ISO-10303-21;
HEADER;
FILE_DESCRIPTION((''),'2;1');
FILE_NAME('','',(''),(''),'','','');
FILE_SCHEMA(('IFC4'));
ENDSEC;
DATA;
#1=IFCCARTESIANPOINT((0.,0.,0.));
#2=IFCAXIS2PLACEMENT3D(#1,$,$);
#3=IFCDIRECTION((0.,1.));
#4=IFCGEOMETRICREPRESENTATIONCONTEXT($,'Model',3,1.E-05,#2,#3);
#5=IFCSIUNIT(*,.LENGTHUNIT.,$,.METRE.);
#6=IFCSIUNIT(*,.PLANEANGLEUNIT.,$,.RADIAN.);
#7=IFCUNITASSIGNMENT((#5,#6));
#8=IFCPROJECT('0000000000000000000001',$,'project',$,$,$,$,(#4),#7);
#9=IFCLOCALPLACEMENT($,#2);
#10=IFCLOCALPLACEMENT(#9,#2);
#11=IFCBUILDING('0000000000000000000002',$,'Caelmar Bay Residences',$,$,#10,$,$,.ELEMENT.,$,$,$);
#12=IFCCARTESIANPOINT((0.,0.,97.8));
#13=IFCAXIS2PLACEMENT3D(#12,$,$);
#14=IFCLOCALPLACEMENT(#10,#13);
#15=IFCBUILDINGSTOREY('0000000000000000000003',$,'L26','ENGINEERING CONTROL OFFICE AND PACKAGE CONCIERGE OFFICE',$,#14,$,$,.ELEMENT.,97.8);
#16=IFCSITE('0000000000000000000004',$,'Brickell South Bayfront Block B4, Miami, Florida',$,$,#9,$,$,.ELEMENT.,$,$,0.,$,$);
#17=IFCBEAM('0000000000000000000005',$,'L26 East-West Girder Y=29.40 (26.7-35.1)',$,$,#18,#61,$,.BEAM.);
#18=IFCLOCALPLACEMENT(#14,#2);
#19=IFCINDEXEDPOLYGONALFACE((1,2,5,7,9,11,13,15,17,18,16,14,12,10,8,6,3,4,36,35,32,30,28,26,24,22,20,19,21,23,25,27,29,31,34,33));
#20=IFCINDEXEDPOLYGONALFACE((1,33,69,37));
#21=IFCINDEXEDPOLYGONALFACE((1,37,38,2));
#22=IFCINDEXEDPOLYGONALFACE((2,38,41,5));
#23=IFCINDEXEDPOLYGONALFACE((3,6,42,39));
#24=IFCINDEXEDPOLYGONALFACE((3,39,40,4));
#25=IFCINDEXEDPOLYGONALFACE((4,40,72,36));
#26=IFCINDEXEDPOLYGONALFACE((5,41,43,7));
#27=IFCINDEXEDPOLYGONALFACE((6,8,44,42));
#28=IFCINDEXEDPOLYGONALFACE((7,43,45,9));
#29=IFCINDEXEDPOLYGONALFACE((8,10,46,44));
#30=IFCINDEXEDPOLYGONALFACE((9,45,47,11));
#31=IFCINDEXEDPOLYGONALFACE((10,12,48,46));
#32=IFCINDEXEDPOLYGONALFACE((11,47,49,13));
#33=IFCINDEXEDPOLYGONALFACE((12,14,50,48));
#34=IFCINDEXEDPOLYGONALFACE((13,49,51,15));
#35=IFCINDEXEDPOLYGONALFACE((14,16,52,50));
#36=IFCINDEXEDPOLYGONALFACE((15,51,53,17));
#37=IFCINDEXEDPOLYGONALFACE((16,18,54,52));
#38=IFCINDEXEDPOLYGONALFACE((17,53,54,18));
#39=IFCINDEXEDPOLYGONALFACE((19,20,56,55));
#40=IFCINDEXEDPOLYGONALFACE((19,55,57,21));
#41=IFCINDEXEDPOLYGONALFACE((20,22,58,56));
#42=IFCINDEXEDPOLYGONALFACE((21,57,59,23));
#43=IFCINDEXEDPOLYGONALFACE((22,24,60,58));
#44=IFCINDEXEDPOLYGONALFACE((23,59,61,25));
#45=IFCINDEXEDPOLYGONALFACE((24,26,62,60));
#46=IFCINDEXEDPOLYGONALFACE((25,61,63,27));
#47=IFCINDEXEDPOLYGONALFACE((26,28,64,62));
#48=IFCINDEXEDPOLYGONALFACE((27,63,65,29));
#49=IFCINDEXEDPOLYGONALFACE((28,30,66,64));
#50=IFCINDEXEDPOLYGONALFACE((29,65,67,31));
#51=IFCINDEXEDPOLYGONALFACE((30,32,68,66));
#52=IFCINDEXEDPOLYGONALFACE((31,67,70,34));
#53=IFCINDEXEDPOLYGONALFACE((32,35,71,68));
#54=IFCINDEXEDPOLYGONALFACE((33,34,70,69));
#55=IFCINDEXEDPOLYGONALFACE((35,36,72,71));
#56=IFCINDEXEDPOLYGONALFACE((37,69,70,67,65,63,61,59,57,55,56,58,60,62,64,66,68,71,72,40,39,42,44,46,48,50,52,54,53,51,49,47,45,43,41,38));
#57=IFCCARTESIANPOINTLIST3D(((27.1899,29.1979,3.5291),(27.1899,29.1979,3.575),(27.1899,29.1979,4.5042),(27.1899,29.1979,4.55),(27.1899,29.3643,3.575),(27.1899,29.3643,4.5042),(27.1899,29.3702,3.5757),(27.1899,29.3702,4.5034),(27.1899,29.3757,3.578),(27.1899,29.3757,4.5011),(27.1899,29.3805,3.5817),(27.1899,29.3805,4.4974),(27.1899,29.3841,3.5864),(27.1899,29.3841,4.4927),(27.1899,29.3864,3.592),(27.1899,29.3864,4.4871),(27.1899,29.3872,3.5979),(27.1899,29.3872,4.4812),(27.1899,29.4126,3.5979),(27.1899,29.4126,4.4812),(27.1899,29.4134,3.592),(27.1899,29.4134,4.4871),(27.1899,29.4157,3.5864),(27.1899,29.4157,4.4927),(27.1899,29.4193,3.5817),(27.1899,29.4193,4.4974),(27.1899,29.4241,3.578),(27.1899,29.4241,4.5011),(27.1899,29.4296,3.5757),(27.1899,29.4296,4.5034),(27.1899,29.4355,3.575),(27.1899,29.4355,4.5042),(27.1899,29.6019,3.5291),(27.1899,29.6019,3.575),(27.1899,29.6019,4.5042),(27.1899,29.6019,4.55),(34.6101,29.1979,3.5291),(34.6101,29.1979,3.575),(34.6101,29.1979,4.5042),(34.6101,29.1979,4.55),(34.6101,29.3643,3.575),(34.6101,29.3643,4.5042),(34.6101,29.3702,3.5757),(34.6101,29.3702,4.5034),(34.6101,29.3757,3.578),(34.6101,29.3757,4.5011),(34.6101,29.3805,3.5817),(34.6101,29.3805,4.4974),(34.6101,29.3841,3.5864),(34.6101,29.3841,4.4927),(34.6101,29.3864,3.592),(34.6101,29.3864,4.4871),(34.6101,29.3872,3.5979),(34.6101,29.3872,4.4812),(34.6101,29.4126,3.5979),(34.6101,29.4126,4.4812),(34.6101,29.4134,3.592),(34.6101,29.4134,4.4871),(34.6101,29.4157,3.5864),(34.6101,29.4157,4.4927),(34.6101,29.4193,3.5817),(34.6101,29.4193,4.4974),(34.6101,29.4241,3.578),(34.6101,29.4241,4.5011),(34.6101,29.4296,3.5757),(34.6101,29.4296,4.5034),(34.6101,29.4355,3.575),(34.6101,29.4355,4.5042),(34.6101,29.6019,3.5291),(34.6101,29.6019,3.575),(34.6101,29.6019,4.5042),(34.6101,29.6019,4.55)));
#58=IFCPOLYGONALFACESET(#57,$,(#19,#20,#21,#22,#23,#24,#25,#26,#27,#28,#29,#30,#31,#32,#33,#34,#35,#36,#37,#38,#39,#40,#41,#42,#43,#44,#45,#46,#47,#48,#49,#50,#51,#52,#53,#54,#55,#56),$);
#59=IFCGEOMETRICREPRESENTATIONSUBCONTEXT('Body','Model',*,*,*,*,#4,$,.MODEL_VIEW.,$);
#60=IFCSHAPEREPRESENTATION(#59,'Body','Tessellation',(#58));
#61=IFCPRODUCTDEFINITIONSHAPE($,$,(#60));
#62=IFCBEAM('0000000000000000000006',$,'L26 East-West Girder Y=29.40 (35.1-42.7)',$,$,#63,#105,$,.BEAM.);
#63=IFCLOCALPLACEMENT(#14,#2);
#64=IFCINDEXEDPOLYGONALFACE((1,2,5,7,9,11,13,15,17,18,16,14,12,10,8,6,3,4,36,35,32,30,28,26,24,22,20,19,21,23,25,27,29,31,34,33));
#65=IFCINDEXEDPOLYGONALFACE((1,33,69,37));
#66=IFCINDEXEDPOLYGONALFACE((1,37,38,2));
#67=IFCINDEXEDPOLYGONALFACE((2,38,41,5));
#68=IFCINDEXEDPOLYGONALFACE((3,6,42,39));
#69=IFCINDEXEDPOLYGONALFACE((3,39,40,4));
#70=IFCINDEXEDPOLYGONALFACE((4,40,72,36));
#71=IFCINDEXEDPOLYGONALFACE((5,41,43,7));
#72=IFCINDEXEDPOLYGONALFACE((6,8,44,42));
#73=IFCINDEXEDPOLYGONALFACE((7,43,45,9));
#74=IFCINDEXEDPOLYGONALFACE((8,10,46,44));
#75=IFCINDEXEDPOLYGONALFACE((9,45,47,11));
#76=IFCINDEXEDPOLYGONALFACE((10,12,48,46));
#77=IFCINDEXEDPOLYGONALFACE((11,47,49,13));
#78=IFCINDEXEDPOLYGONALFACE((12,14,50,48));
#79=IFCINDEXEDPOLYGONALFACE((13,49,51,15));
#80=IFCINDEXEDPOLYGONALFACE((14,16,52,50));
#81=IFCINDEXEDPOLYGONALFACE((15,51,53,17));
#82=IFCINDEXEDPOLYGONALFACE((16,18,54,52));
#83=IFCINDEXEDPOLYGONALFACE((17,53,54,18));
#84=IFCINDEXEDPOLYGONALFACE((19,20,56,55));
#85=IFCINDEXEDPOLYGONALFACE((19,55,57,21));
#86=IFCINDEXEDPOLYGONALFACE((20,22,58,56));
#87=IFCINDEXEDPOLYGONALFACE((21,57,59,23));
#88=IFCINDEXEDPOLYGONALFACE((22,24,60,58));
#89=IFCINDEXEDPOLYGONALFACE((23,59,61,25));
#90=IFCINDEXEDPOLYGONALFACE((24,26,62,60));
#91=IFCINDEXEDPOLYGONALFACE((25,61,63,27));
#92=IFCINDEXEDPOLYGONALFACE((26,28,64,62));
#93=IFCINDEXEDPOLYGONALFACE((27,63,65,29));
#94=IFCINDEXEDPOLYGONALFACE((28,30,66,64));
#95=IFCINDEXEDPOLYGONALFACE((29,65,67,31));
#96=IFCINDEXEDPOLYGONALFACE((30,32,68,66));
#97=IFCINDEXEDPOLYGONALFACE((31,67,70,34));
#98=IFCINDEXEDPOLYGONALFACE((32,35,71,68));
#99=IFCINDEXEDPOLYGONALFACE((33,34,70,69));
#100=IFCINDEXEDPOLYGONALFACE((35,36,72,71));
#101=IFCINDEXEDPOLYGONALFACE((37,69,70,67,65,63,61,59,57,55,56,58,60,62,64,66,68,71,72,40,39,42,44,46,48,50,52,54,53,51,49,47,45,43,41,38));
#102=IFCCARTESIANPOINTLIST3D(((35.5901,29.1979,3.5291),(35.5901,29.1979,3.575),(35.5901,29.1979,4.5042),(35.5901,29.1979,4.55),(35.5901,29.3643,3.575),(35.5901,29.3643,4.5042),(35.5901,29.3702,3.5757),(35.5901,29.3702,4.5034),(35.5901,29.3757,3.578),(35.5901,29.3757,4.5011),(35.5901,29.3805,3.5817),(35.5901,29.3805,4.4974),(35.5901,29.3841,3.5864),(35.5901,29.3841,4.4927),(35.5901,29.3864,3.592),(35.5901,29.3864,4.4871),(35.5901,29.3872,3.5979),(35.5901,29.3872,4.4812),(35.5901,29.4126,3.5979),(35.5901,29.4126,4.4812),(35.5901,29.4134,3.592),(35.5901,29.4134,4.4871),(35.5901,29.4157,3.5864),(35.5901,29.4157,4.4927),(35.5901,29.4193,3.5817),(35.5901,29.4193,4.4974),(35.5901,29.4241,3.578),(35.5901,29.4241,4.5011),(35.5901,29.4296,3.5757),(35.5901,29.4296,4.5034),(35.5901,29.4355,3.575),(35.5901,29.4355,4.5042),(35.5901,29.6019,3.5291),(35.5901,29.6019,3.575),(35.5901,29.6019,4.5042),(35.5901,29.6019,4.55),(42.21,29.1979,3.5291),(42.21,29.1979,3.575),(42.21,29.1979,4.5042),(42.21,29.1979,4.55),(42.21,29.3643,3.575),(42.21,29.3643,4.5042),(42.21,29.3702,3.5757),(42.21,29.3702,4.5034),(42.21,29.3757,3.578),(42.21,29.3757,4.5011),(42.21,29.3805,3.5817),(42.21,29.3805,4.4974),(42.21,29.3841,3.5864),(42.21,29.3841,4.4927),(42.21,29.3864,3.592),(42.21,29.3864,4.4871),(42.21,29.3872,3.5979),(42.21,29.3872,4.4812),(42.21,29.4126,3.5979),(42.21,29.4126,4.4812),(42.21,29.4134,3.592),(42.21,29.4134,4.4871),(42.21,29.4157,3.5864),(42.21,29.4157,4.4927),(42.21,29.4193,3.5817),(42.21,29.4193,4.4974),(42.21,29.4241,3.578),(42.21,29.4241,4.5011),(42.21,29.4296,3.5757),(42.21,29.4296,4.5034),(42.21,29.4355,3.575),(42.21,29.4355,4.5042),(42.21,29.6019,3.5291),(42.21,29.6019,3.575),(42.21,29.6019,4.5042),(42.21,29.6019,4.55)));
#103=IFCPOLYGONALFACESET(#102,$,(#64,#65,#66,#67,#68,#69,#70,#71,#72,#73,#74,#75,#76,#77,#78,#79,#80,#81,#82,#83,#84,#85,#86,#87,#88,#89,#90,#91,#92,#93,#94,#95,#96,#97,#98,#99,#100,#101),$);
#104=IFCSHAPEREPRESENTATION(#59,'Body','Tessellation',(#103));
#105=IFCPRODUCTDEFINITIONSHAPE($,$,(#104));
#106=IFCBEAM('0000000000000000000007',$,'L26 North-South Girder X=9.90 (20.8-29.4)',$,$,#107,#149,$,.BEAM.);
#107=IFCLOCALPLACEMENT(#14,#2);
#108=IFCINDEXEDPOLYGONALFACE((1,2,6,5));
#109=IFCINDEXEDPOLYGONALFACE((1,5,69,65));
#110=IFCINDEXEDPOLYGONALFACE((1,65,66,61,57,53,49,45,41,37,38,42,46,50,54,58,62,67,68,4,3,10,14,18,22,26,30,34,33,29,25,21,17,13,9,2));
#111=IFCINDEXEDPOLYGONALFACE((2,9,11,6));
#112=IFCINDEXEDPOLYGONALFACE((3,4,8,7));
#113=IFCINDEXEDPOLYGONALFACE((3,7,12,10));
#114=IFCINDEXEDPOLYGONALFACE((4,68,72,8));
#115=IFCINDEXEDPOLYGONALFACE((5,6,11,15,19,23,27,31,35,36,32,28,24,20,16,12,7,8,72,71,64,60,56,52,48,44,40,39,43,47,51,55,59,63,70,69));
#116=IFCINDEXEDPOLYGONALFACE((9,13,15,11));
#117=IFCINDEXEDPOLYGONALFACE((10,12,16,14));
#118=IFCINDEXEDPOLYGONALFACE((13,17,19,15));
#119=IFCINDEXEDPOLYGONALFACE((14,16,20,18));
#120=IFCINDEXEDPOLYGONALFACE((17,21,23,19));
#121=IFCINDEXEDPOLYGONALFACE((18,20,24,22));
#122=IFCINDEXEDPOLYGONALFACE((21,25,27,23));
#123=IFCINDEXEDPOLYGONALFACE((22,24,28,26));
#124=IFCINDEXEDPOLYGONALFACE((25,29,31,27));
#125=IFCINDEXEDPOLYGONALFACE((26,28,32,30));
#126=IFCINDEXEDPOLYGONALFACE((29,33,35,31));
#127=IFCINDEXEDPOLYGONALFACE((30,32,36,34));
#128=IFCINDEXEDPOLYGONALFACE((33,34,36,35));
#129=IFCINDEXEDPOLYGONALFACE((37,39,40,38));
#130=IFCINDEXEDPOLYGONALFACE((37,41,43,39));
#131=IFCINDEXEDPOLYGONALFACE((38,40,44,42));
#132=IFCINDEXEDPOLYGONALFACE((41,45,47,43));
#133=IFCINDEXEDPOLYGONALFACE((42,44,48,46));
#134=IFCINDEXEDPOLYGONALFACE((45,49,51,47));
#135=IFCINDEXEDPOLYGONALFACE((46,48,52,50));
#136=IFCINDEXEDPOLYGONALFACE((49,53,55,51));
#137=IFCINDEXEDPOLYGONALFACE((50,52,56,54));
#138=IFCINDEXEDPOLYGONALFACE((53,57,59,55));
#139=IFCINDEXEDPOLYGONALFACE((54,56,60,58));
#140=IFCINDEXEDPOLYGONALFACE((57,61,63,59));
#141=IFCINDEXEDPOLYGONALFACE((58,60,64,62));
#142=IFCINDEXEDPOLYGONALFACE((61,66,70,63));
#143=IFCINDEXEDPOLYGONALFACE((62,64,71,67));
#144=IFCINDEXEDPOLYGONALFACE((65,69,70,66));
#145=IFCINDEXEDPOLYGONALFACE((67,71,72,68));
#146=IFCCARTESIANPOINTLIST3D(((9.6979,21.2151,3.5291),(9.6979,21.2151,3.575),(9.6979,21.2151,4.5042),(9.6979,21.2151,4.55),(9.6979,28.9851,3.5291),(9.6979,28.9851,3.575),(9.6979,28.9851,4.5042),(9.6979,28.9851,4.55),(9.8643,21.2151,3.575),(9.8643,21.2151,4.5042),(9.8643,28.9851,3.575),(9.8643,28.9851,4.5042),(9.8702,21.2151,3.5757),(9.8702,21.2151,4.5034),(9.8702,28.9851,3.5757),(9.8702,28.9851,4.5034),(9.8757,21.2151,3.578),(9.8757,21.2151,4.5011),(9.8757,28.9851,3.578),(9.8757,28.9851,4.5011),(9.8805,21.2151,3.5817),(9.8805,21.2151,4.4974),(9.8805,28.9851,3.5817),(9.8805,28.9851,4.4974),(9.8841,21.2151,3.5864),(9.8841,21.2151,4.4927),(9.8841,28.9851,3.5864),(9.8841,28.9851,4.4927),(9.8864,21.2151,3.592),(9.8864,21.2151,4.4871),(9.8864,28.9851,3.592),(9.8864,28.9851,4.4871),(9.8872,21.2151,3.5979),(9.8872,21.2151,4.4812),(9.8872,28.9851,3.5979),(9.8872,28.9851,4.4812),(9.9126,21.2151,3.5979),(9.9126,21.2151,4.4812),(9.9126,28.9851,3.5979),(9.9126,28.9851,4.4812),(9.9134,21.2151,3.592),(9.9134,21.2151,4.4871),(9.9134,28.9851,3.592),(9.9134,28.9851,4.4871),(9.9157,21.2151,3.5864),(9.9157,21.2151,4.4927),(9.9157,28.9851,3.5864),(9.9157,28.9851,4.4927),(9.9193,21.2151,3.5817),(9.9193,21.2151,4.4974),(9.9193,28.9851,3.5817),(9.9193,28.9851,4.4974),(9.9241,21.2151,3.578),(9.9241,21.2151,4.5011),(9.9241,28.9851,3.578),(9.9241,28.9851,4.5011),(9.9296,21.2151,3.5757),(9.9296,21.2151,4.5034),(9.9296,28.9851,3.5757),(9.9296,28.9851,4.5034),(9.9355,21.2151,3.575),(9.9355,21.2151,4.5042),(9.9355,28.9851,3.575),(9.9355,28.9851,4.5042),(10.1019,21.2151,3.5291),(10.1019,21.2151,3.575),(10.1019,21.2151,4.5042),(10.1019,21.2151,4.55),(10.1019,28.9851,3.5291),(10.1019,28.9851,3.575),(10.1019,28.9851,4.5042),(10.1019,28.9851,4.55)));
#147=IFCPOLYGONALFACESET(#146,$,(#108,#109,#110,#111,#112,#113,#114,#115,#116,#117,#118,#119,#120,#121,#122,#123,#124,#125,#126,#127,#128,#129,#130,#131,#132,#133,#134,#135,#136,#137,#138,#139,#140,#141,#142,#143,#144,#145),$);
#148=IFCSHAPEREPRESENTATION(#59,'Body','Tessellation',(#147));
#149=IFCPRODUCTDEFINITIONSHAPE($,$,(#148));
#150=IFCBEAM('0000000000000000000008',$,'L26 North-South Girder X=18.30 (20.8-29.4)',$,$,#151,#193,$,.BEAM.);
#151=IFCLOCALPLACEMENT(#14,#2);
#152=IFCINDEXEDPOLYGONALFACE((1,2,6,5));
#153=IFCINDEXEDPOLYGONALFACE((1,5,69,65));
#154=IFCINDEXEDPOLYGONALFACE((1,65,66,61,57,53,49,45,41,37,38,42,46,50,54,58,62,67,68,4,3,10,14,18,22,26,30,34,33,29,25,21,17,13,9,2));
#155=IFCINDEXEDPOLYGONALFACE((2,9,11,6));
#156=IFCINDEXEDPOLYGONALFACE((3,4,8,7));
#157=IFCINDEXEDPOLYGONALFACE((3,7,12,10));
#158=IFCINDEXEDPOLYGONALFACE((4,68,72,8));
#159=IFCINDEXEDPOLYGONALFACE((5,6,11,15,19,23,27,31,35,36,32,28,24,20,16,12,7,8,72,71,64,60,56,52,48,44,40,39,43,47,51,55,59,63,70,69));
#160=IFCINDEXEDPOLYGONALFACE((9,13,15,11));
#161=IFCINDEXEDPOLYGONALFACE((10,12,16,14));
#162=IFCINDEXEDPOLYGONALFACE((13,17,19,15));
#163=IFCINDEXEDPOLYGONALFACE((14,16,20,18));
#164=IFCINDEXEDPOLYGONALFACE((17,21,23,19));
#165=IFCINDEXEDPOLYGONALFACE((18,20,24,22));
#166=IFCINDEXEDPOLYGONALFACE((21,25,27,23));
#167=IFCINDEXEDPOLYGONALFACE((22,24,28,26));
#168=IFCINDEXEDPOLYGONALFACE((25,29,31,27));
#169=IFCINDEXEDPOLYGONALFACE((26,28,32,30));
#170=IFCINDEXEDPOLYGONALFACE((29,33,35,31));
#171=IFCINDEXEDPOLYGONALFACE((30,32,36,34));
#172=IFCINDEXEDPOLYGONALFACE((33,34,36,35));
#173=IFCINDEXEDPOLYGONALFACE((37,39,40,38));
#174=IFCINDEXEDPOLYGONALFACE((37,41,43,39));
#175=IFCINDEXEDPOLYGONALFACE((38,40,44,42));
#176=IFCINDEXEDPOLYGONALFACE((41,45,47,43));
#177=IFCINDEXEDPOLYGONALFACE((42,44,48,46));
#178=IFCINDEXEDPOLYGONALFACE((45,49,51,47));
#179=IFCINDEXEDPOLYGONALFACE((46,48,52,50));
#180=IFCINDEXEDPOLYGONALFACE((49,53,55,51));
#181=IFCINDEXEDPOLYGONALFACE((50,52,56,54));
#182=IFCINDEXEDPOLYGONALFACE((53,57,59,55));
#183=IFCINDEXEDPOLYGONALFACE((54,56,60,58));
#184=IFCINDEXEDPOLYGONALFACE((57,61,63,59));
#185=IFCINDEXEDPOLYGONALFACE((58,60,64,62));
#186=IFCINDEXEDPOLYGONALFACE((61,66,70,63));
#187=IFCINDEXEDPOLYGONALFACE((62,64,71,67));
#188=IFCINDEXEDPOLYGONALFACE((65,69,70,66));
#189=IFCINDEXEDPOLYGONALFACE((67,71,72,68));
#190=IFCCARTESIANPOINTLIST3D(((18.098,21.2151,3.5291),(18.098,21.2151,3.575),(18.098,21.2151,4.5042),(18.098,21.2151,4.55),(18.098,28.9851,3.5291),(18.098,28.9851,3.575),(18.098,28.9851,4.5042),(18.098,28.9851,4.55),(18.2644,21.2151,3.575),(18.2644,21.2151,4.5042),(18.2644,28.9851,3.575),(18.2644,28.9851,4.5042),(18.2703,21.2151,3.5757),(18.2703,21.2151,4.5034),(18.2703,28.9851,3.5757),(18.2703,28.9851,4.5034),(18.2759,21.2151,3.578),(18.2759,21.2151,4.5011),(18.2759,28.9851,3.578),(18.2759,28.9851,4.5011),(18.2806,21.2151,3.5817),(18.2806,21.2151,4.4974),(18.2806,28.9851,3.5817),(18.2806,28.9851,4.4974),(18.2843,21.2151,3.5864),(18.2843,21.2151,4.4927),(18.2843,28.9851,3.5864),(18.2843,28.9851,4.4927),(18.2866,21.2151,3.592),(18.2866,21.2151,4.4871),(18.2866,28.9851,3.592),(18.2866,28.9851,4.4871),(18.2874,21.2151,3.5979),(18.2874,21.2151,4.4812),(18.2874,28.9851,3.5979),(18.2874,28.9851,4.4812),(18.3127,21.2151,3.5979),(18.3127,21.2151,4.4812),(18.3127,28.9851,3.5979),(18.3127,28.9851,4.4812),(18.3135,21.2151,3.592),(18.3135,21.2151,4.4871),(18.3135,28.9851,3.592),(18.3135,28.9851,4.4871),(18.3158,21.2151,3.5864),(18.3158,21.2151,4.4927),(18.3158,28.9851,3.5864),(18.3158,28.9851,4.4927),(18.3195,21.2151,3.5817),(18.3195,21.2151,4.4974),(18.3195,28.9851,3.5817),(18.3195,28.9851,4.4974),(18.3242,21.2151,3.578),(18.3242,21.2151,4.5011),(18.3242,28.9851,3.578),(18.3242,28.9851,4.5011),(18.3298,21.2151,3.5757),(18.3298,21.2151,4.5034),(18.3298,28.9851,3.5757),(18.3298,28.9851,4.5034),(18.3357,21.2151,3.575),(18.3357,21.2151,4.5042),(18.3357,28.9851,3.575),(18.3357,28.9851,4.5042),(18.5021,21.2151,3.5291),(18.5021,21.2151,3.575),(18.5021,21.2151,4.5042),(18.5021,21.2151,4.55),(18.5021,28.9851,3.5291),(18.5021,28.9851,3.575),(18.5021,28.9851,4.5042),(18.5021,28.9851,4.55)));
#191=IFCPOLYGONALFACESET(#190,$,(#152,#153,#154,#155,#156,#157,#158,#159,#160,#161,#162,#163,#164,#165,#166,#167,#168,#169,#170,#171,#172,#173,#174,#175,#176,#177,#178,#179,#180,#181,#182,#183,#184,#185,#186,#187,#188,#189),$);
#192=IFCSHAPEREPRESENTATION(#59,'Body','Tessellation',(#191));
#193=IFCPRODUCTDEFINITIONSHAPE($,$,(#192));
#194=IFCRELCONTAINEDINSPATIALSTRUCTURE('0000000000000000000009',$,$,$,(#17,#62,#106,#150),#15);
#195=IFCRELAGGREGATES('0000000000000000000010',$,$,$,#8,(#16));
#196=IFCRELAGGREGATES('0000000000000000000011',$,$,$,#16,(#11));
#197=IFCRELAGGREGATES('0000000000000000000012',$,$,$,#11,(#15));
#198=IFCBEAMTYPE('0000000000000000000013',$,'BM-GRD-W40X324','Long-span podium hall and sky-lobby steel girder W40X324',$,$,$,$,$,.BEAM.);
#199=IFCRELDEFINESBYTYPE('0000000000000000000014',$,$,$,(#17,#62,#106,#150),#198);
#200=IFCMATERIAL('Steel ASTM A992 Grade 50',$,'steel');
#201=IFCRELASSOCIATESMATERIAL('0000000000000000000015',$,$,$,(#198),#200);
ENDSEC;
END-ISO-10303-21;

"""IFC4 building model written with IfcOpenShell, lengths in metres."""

from ifc_helpers import new_model, si_unit, direction, frame, origin, origin_2d, place, context, subcontext, project, spatial, i_section, extrude, material, material_profile, profile_set, type_object, element, save


model = new_model("IFC4")

# Units and contexts
model_context = context("Model", 3, precision=1e-05, world=origin(), true_north=direction((0.0, 1.0)))
body_context = subcontext(model_context, "Body", "Model", "MODEL_VIEW")
ifc_project = project(units=[si_unit("LENGTHUNIT", "METRE"), si_unit("PLANEANGLEUNIT", "RADIAN")], contexts=[model_context])

# Site, building, storey
site_placement = place(None, origin())
site = spatial("IfcSite", under=ifc_project, at=site_placement, Name="Brickell South Bayfront Block B4, Miami, Florida", CompositionType="ELEMENT", RefElevation=0.0)
building_placement = place(site_placement, origin())
building = spatial("IfcBuilding", under=site, at=building_placement, Name="Caelmar Bay Residences", CompositionType="ELEMENT")
storey_placement = place(building_placement, frame((0.0, 0.0, 97.8)))
storey = spatial("IfcBuildingStorey", under=building, at=storey_placement, Name="L26", Description="ENGINEERING CONTROL OFFICE AND PACKAGE CONCIERGE OFFICE", CompositionType="ELEMENT", Elevation=97.8)

# Beams
ifc_material_1 = material(Name="Steel ASTM A992 Grade 50", Category="steel")
ifc_material_profile_1 = material_profile(ifc_material_1, i_section(OverallWidth=0.4041, OverallDepth=1.021, WebThickness=0.0254, FlangeThickness=0.0459, FilletRadius=0.0229, at=origin_2d()), Name="W40X324")
ifc_profile_set_1 = profile_set([ifc_material_profile_1], Name="Steel ASTM A992 Grade 50")
beam_type_1 = type_object("IfcBeamType", Name="BM-GRD-W40X324", Description="Long-span podium hall and sky-lobby steel girder W40X324", PredefinedType="BEAM", material=ifc_profile_set_1)
beam_1_placement = place(storey_placement, frame((27.1899, 29.3999, 4.0396), z_axis=(1.0, 0.0, 0.0), x_axis=(0.0, 1.0, 0.0)))
element("IfcBeam", 1, at=beam_1_placement, inside=storey, type_object=beam_type_1, Name="L26 East-West Girder Y=29.40 (26.7-35.1)", PredefinedType="BEAM", context=body_context, shape_type="SweptSolid", body=[
    extrude(i_section(OverallWidth=0.4041, OverallDepth=1.021, WebThickness=0.0254, FlangeThickness=0.0459, FilletRadius=0.0229, at=origin_2d()), origin(), (0.0, 0.0, 1.0), 7.4202),
])
beam_2_placement = place(storey_placement, frame((35.5901, 29.3999, 4.0396), z_axis=(1.0, 0.0, 0.0), x_axis=(0.0, 1.0, 0.0)))
element("IfcBeam", 2, at=beam_2_placement, inside=storey, type_object=beam_type_1, Name="L26 East-West Girder Y=29.40 (35.1-42.7)", PredefinedType="BEAM", context=body_context, shape_type="SweptSolid", body=[
    extrude(i_section(OverallWidth=0.4041, OverallDepth=1.021, WebThickness=0.0254, FlangeThickness=0.0459, FilletRadius=0.0229, at=origin_2d()), origin(), (0.0, 0.0, 1.0), 6.6199),
])
for number, where, z_axis, x_axis, name in (
    (3, (9.8999, 21.2151, 4.0396), (0.0, 1.0, 0.0), (-1.0, 0.0, 0.0), "L26 North-South Girder X=9.90 (20.8-29.4)"),
    (4, (18.3, 21.2151, 4.0396), (0.0, 1.0, 0.0), (-1.0, 0.0, 0.0), "L26 North-South Girder X=18.30 (20.8-29.4)"),
):
    element("IfcBeam", number, at=place(storey_placement, frame(where, z_axis=z_axis, x_axis=x_axis)), inside=storey, type_object=beam_type_1, Name=name, PredefinedType="BEAM", context=body_context, shape_type="SweptSolid", body=[
        extrude(i_section(OverallWidth=0.4041, OverallDepth=1.021, WebThickness=0.0254, FlangeThickness=0.0459, FilletRadius=0.0229, at=origin_2d()), origin(), (0.0, 0.0, 1.0), 7.77),
    ])

save(model, "model.ifc")
